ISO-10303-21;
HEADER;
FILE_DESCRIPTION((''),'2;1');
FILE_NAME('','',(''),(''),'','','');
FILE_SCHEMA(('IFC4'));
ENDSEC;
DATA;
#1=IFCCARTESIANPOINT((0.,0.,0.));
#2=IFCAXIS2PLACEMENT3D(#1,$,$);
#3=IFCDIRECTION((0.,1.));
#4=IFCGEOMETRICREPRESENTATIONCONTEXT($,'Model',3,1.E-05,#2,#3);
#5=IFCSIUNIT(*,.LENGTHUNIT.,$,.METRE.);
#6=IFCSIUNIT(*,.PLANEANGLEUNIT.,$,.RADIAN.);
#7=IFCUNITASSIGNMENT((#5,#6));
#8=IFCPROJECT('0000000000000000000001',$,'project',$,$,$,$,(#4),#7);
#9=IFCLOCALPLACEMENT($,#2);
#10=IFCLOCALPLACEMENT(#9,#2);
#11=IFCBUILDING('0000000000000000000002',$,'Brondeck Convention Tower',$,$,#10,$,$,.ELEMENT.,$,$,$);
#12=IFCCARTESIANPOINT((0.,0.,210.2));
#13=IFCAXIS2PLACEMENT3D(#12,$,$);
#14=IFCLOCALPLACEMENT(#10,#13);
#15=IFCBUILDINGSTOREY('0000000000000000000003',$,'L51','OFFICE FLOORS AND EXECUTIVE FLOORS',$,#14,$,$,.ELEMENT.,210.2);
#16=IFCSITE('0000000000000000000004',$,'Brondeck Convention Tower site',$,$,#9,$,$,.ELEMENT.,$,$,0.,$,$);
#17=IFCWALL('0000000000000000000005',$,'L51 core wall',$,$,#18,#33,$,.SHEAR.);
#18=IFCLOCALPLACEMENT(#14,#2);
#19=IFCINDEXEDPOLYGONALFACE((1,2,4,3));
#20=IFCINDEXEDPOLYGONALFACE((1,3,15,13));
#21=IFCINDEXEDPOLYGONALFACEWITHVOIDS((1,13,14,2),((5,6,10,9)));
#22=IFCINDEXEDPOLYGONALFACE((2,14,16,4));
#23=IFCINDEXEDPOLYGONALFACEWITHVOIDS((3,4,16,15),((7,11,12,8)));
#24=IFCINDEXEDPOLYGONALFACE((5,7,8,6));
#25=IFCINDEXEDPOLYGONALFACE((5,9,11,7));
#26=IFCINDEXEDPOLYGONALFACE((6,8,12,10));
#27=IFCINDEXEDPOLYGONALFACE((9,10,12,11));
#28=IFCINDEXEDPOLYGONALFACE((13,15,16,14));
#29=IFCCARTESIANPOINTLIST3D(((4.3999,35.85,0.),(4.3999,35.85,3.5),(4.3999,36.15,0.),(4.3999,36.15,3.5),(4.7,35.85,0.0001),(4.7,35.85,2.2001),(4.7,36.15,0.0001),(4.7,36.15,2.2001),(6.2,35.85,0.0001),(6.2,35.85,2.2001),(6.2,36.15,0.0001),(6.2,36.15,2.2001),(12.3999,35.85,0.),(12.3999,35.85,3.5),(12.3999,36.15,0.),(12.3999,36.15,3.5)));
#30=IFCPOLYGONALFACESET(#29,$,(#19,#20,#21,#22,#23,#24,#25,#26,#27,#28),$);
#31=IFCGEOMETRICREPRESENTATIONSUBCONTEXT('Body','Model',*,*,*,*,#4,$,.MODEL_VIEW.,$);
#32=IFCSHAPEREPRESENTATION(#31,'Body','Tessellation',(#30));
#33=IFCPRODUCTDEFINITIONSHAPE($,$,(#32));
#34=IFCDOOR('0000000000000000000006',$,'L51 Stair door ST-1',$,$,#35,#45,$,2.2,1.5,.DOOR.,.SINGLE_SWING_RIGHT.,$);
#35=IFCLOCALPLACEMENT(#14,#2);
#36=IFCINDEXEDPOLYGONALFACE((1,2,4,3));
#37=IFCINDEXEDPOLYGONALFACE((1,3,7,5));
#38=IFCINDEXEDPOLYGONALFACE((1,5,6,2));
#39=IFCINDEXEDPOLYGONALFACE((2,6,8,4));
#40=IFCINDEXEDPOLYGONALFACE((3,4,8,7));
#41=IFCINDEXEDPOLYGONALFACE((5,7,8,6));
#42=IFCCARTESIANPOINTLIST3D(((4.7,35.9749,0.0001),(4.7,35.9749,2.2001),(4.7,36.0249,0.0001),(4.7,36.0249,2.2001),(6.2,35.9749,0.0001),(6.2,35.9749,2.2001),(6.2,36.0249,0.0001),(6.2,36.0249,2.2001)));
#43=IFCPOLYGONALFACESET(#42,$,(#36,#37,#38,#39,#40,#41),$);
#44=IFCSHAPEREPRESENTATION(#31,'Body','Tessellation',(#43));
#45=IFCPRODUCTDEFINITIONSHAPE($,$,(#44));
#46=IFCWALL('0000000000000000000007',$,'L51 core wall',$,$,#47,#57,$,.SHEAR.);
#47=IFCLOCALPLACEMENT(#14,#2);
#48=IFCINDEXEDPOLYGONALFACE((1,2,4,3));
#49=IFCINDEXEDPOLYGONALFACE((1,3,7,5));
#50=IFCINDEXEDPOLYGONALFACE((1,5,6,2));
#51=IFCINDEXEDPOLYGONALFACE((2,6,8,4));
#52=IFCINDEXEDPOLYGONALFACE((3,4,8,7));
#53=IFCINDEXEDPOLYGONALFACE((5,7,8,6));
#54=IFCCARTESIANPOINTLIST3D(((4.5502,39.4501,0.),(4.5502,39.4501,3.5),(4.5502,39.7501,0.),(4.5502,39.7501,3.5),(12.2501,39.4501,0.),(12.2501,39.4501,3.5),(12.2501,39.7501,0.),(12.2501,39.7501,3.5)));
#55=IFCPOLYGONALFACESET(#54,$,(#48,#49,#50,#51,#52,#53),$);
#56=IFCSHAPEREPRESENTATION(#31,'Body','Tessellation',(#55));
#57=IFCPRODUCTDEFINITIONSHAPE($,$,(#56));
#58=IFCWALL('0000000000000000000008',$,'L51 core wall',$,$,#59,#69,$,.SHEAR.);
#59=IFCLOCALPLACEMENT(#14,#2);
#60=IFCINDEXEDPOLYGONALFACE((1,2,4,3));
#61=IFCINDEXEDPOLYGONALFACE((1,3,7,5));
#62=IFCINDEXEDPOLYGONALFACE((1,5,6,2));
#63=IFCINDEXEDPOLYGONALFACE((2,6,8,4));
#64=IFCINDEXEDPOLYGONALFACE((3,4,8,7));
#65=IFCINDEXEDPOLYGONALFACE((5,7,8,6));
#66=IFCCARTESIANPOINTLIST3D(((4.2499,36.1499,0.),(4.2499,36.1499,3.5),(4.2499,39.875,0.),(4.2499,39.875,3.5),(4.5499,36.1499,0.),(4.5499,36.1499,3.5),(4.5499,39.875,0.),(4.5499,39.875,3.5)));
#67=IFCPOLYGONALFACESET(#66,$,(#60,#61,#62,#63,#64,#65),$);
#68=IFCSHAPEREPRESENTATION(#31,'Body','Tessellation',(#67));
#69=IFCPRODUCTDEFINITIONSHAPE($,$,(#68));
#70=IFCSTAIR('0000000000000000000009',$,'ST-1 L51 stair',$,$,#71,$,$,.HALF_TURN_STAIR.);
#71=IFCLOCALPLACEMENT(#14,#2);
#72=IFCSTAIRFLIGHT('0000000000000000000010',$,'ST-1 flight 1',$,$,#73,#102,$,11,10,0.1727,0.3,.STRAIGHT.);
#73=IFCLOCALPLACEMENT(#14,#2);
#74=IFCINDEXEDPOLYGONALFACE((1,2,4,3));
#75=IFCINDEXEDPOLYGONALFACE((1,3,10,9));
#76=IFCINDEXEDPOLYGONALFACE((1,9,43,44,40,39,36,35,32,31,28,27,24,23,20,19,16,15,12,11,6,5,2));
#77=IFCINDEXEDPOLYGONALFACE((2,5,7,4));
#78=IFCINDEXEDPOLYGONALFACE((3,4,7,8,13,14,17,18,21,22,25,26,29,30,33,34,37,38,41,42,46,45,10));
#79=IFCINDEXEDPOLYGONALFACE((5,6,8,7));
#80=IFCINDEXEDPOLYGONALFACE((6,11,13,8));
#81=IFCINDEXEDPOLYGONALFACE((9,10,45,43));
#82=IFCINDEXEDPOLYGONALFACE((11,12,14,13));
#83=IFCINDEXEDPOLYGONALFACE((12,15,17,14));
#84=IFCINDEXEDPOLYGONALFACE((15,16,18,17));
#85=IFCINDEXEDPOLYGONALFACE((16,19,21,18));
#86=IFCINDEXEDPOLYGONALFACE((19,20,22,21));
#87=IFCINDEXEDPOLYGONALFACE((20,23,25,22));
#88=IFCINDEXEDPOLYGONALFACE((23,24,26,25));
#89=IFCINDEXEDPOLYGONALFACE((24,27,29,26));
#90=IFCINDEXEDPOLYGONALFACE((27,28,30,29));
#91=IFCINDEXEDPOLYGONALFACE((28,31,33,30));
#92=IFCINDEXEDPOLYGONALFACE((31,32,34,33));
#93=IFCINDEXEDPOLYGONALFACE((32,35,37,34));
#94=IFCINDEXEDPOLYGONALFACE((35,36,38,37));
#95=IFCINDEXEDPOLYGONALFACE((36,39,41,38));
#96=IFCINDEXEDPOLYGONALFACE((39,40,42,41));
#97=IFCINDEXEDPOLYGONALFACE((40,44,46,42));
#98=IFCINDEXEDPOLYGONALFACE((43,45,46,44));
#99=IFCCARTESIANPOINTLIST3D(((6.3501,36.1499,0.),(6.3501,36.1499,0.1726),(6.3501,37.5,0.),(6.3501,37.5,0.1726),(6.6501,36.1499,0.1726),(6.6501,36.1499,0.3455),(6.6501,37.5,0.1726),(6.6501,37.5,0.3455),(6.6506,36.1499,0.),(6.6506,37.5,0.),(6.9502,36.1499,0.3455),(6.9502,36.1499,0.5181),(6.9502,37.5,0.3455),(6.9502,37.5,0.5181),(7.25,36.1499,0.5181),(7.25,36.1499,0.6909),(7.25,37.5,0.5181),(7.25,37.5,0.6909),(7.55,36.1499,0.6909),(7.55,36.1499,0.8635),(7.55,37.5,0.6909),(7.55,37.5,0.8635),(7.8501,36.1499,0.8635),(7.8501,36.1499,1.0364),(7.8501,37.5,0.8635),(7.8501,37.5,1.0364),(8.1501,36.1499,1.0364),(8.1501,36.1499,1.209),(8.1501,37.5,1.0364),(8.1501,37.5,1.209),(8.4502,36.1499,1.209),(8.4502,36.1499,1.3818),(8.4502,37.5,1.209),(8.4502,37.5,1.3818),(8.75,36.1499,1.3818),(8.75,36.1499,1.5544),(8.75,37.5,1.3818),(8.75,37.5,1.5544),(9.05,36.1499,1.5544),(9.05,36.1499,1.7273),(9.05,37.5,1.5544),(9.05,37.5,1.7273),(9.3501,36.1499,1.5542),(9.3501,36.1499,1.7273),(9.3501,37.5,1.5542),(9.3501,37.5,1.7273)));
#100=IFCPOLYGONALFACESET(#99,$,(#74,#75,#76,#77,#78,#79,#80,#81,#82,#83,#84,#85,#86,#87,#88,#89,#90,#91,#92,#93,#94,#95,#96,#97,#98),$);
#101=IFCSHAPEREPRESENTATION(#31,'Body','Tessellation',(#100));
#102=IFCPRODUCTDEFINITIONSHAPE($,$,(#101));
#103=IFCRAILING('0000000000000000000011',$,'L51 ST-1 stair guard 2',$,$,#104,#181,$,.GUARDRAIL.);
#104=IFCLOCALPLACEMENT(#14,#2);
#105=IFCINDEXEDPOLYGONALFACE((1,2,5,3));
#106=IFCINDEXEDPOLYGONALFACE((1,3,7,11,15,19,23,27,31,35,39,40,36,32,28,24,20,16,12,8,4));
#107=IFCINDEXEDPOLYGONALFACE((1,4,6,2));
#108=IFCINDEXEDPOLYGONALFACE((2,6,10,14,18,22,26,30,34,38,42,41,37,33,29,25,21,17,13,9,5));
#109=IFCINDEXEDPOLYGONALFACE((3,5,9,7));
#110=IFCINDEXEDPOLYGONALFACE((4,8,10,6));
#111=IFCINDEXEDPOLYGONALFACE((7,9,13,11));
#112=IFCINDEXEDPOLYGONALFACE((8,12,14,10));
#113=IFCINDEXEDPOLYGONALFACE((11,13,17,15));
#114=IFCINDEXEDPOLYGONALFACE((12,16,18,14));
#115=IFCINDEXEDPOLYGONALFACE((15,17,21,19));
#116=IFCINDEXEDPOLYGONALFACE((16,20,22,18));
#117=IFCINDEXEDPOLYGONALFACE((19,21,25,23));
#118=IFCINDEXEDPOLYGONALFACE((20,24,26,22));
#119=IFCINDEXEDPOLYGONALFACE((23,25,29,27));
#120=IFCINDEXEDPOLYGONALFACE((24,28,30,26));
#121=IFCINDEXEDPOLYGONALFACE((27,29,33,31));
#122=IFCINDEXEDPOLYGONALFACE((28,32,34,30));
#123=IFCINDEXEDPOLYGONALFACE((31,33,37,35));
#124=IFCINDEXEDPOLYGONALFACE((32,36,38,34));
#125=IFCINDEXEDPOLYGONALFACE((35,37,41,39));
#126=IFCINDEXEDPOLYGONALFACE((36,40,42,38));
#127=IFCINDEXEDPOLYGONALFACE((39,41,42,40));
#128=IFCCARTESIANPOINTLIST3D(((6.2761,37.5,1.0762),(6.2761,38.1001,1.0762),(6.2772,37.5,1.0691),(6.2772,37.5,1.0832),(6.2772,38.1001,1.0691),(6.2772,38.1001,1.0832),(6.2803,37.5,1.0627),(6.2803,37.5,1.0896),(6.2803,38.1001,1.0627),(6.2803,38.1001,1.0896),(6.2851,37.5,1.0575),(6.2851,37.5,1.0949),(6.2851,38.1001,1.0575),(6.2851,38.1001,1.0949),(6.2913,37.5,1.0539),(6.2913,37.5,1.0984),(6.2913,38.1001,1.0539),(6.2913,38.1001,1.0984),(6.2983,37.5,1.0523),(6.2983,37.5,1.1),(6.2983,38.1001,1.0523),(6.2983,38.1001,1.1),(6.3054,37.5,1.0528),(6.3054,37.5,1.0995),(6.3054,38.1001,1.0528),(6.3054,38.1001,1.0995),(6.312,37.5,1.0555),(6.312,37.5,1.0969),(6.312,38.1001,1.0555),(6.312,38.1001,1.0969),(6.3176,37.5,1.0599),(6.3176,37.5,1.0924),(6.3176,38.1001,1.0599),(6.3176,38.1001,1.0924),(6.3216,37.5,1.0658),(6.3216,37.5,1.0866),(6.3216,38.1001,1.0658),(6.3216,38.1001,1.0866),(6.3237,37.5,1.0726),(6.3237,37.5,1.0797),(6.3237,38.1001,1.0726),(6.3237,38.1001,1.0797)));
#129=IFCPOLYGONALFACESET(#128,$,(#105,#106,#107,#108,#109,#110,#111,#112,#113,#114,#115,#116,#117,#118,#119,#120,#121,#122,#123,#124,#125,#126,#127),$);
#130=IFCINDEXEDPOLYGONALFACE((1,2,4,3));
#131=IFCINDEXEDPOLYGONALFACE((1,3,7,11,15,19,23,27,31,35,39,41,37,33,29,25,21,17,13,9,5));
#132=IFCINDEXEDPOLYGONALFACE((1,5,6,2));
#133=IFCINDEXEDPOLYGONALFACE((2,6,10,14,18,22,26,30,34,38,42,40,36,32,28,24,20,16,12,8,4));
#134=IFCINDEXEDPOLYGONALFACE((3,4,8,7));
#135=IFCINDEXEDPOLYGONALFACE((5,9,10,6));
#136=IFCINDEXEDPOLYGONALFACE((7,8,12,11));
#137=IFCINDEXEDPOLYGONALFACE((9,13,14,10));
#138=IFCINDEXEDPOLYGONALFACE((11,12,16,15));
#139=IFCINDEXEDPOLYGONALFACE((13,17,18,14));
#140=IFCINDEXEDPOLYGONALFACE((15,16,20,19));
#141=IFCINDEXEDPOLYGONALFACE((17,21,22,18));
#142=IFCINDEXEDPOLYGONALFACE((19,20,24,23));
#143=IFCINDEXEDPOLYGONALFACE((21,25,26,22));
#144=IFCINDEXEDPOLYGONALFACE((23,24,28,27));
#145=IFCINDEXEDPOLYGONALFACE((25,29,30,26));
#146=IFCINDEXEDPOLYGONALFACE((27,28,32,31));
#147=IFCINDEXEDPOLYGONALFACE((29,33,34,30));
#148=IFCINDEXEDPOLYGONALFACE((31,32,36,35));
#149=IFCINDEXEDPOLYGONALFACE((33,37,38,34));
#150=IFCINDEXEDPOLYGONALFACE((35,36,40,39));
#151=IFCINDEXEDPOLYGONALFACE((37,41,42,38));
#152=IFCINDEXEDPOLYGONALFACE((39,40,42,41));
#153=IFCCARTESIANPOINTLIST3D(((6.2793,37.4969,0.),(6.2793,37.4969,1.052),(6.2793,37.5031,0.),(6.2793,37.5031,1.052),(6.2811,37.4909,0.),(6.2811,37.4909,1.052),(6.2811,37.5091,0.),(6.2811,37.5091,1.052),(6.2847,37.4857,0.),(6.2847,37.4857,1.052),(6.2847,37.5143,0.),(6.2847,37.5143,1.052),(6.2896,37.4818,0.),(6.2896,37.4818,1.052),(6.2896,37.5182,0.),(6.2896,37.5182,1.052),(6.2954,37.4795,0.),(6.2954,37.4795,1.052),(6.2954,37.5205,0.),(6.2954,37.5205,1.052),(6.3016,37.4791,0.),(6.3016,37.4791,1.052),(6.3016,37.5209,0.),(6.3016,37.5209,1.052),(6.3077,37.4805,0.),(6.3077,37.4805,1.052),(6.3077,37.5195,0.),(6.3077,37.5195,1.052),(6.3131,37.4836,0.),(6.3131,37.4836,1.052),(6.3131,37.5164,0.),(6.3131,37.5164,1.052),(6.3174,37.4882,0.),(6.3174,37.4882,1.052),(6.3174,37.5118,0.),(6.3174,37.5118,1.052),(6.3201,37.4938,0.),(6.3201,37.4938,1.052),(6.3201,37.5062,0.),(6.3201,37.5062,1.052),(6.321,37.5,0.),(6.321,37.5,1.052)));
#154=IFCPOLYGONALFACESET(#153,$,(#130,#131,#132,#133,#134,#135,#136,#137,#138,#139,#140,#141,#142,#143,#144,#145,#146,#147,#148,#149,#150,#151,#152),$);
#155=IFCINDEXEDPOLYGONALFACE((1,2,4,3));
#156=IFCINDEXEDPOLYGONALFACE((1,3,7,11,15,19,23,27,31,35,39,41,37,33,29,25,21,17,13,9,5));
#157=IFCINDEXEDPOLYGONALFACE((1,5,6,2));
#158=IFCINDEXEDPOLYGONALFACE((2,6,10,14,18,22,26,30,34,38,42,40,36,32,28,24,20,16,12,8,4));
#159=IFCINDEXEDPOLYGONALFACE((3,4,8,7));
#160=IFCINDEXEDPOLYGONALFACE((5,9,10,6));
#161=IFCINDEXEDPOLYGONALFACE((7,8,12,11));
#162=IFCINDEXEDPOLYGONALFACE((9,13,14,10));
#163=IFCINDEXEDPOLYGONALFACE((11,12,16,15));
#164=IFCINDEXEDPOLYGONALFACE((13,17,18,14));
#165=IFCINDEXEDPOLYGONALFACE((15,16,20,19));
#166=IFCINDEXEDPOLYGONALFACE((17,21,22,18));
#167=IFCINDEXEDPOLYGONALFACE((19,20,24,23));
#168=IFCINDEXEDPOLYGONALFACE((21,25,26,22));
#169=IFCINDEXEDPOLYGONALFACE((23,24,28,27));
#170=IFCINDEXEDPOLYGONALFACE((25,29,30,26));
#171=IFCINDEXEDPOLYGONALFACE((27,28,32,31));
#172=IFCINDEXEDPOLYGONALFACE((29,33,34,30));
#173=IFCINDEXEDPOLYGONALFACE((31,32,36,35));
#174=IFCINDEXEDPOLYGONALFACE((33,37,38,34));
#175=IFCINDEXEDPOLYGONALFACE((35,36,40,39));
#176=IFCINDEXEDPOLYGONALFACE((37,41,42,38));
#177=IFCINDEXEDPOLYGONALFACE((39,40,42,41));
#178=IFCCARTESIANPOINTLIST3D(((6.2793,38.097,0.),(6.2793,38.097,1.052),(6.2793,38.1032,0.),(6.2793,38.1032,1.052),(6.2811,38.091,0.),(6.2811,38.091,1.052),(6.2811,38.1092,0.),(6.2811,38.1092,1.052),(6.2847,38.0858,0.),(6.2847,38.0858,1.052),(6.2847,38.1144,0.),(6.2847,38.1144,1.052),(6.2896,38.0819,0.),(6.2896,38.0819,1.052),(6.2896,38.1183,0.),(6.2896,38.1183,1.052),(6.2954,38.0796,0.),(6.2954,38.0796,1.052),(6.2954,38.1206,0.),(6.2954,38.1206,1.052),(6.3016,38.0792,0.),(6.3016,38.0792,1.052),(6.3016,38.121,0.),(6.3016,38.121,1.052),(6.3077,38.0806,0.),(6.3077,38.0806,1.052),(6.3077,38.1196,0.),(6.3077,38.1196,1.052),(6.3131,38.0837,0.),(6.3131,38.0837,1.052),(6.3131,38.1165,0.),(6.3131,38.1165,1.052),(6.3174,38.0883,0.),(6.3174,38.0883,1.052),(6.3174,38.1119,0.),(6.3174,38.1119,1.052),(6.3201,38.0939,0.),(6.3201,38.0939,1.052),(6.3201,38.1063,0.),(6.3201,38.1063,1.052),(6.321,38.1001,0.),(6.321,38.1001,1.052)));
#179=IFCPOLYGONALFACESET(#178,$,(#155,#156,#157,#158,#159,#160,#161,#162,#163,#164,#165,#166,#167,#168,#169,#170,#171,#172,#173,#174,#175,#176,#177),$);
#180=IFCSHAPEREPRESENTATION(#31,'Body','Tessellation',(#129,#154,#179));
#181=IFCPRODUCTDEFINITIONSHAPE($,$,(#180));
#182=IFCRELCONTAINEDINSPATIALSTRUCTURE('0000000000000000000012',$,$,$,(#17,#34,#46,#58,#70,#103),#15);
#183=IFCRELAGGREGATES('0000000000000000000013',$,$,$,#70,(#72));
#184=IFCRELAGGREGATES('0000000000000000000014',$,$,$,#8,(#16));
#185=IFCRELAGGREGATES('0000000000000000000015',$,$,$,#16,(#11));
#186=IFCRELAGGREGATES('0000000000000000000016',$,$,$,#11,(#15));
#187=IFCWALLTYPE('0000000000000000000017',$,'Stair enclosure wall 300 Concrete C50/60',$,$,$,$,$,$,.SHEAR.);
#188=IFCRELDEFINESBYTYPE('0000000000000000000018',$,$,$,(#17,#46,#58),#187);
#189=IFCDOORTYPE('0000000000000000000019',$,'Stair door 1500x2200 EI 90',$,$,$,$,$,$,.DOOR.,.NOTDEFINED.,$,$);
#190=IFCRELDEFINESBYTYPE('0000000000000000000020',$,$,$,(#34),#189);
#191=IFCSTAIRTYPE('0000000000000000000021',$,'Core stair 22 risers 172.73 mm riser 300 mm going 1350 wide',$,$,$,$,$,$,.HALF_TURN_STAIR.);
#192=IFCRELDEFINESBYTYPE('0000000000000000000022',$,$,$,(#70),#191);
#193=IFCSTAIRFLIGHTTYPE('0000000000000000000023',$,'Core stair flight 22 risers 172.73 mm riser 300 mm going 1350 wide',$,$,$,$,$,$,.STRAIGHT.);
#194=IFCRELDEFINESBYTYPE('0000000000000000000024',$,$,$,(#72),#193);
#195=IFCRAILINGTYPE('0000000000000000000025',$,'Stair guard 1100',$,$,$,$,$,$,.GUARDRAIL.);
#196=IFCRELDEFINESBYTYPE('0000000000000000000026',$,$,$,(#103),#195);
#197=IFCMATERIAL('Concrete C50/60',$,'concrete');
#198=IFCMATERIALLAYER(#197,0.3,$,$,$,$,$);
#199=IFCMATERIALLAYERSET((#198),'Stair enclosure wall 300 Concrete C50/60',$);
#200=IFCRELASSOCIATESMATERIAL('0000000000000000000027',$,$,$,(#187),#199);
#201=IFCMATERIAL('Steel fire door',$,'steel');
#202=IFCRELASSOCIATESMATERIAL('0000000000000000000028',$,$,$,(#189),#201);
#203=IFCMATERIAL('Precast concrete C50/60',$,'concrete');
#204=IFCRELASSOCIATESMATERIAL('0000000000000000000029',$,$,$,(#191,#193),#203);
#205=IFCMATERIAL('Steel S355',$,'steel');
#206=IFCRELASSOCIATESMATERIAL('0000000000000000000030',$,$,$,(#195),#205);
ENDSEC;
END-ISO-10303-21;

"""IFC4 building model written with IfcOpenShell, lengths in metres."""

from ifc_helpers import new_model, si_unit, direction, frame, frame_2d, origin, origin_2d, place, context, subcontext, project, spatial, polyline, rectangle, circle, outline, extrude, material, layer, layer_set, type_object, element, fill, aggregate, save


model = new_model("IFC4")

# Units and contexts
model_context = context("Model", 3, precision=1e-05, world=origin(), true_north=direction((0.0, 1.0)))
body_context = subcontext(model_context, "Body", "Model", "MODEL_VIEW")
ifc_project = project(units=[si_unit("LENGTHUNIT", "METRE"), si_unit("PLANEANGLEUNIT", "RADIAN")], contexts=[model_context])

# Site, building, storey
site_placement = place(None, origin())
site = spatial("IfcSite", under=ifc_project, at=site_placement, Name="Brondeck Convention Tower site", CompositionType="ELEMENT", RefElevation=0.0)
building_placement = place(site_placement, origin())
building = spatial("IfcBuilding", under=site, at=building_placement, Name="Brondeck Convention Tower", CompositionType="ELEMENT")
storey_placement = place(building_placement, frame((0.0, 0.0, 210.2)))
storey = spatial("IfcBuildingStorey", under=building, at=storey_placement, Name="L51", Description="OFFICE FLOORS AND EXECUTIVE FLOORS", CompositionType="ELEMENT", Elevation=210.2)

# Shared definitions
ifc_material_1 = material(Name="Concrete C50/60", Category="concrete")

# Shared definitions
ifc_material_2 = material(Name="Steel fire door", Category="steel")

# Wall, opening, door
ifc_layer_1 = layer(ifc_material_1, 0.3)
ifc_layer_set_1 = layer_set([ifc_layer_1], Name="Stair enclosure wall 300 Concrete C50/60")
wall_type_1 = type_object("IfcWallType", Name="Stair enclosure wall 300 Concrete C50/60", PredefinedType="SHEAR", material=ifc_layer_set_1)
wall_1_placement = place(storey_placement, frame((4.3999, 36.0, 0.0), z_axis=(0.0, 0.0, 1.0), x_axis=(1.0, 0.0, 0.0)))
wall_1 = element("IfcWall", 1, at=wall_1_placement, inside=storey, type_object=wall_type_1, Name="L51 core wall", PredefinedType="SHEAR", context=body_context, shape_type="SweptSolid", body=[
    extrude(rectangle(XDim=8.0, YDim=0.3, at=frame_2d((4.0, 0.0))), origin(), (0.0, 0.0, 1.0), 3.5),
])
opening_1_placement = place(wall_1_placement, frame((0.3, 0.0, 0.0)))
opening_1 = element("IfcOpeningElement", 2, at=opening_1_placement, cuts=wall_1, PredefinedType="OPENING", context=body_context, shape_type="SweptSolid", body=[
    extrude(rectangle(XDim=1.5, YDim=2.2, at=frame_2d((0.75, 1.1001))), frame((0.0, 0.1599, 0.0), z_axis=(0.0, -1.0, 0.0), x_axis=(1.0, 0.0, 0.0)), (0.0, 0.0, 1.0), 0.3201),
])
door_type_1 = type_object("IfcDoorType", Name="Stair door 1500x2200 EI 90", OperationType="NOTDEFINED", PredefinedType="DOOR", material=ifc_material_2)
door_1_placement = place(opening_1_placement, origin())
door_1 = element("IfcDoor", 3, at=door_1_placement, inside=storey, type_object=door_type_1, Name="L51 Stair door ST-1", OperationType="SINGLE_SWING_RIGHT", OverallHeight=2.2, OverallWidth=1.5, PredefinedType="DOOR", context=body_context, shape_type="SweptSolid", body=[
    extrude(rectangle(XDim=1.5, YDim=2.2, at=frame_2d((0.75, 1.1001))), frame((0.0, 0.0249, 0.0), z_axis=(0.0, -1.0, 0.0), x_axis=(1.0, 0.0, 0.0)), (0.0, 0.0, 1.0), 0.05),
])
fill(opening_1, door_1)

# Walls
wall_2_placement = place(storey_placement, frame((4.55, 39.6001, 0.0), z_axis=(0.0, 0.0, 1.0), x_axis=(1.0, 0.0, 0.0)))
element("IfcWall", 4, at=wall_2_placement, inside=storey, type_object=wall_type_1, Name="L51 core wall", PredefinedType="SHEAR", context=body_context, shape_type="SweptSolid", body=[
    extrude(rectangle(XDim=7.7, YDim=0.3, at=frame_2d((3.8501, 0.0))), origin(), (0.0, 0.0, 1.0), 3.5),
])
wall_3_placement = place(storey_placement, frame((4.3999, 36.1499, 0.0), z_axis=(0.0, 0.0, 1.0), x_axis=(0.0, 1.0, 0.0)))
element("IfcWall", 5, at=wall_3_placement, inside=storey, type_object=wall_type_1, Name="L51 core wall", PredefinedType="SHEAR", context=body_context, shape_type="SweptSolid", body=[
    extrude(rectangle(XDim=3.7251, YDim=0.3, at=frame_2d((1.8625, 0.0))), origin(), (0.0, 0.0, 1.0), 3.5),
])

# Stair, stair flight
ifc_material_3 = material(Name="Precast concrete C50/60", Category="concrete")
stair_type = type_object("IfcStairType", Name="Core stair 22 risers 172.73 mm riser 300 mm going 1350 wide", PredefinedType="HALF_TURN_STAIR", material=ifc_material_3)
stair_placement = place(storey_placement, origin())
stair = element("IfcStair", 6, at=stair_placement, inside=storey, type_object=stair_type, Name="ST-1 L51 stair", PredefinedType="HALF_TURN_STAIR")
stair_flight_type = type_object("IfcStairFlightType", Name="Core stair flight 22 risers 172.73 mm riser 300 mm going 1350 wide", PredefinedType="STRAIGHT", material=ifc_material_3)
stair_flight_placement = place(storey_placement, frame((6.3501, 36.825, 0.0), z_axis=(0.0, 0.0, 1.0), x_axis=(1.0, 0.0, 0.0)))
stair_flight = element("IfcStairFlight", 7, at=stair_flight_placement, type_object=stair_flight_type, Name="ST-1 flight 1", NumberOfRisers=11, NumberOfTreads=10, PredefinedType="STRAIGHT", RiserHeight=0.1727, TreadLength=0.3, context=body_context, shape_type="SweptSolid", body=[
    extrude(outline(polyline([(0.0, 0.0), (0.0, 0.1726), (0.3, 0.1726), (0.3, 0.3455), (0.6001, 0.3455), (0.6001, 0.5181), (0.8999, 0.5181), (0.8999, 0.6909), (1.2, 0.6909), (1.2, 0.8635), (1.5, 0.8635), (1.5, 1.0364), (1.8, 1.0364), (1.8, 1.209), (2.1001, 1.209), (2.1001, 1.3818), (2.3999, 1.3818), (2.3999, 1.5544), (2.7, 1.5544), (2.7, 1.7273), (3.0, 1.7273), (3.0, 1.8999), (3.0, 1.5542), (0.3005, 0.0), (0.0, 0.0)])), frame((0.0, 0.675, 0.0), z_axis=(0.0, -1.0, 0.0), x_axis=(1.0, 0.0, 0.0)), (0.0, 0.0, 1.0), 1.3501),
])
aggregate(stair, [stair_flight])

# Railing
ifc_material_4 = material(Name="Steel S355", Category="steel")
railing_type_1 = type_object("IfcRailingType", Name="Stair guard 1100", PredefinedType="GUARDRAIL", material=ifc_material_4)
railing_1_placement = place(storey_placement, frame((6.3, 37.5, 0.0)))
element("IfcRailing", 8, at=railing_1_placement, inside=storey, type_object=railing_type_1, Name="L51 ST-1 stair guard 2", PredefinedType="GUARDRAIL", context=body_context, shape_type="SweptSolid", body=[
    extrude(circle(Radius=0.0239, at=origin_2d()), frame((0.0, 0.0, 1.0762), z_axis=(0.0, 1.0, 0.0), x_axis=(-1.0, 0.0, 0.0)), (0.0, 0.0, 1.0), 0.6001),
    extrude(circle(Radius=0.021, at=origin_2d()), origin(), (0.0, 0.0, 1.0), 1.052),
    extrude(circle(Radius=0.021, at=origin_2d()), frame((0.0, 0.6001, 0.0)), (0.0, 0.0, 1.0), 1.052),
])

save(model, "model.ifc")
